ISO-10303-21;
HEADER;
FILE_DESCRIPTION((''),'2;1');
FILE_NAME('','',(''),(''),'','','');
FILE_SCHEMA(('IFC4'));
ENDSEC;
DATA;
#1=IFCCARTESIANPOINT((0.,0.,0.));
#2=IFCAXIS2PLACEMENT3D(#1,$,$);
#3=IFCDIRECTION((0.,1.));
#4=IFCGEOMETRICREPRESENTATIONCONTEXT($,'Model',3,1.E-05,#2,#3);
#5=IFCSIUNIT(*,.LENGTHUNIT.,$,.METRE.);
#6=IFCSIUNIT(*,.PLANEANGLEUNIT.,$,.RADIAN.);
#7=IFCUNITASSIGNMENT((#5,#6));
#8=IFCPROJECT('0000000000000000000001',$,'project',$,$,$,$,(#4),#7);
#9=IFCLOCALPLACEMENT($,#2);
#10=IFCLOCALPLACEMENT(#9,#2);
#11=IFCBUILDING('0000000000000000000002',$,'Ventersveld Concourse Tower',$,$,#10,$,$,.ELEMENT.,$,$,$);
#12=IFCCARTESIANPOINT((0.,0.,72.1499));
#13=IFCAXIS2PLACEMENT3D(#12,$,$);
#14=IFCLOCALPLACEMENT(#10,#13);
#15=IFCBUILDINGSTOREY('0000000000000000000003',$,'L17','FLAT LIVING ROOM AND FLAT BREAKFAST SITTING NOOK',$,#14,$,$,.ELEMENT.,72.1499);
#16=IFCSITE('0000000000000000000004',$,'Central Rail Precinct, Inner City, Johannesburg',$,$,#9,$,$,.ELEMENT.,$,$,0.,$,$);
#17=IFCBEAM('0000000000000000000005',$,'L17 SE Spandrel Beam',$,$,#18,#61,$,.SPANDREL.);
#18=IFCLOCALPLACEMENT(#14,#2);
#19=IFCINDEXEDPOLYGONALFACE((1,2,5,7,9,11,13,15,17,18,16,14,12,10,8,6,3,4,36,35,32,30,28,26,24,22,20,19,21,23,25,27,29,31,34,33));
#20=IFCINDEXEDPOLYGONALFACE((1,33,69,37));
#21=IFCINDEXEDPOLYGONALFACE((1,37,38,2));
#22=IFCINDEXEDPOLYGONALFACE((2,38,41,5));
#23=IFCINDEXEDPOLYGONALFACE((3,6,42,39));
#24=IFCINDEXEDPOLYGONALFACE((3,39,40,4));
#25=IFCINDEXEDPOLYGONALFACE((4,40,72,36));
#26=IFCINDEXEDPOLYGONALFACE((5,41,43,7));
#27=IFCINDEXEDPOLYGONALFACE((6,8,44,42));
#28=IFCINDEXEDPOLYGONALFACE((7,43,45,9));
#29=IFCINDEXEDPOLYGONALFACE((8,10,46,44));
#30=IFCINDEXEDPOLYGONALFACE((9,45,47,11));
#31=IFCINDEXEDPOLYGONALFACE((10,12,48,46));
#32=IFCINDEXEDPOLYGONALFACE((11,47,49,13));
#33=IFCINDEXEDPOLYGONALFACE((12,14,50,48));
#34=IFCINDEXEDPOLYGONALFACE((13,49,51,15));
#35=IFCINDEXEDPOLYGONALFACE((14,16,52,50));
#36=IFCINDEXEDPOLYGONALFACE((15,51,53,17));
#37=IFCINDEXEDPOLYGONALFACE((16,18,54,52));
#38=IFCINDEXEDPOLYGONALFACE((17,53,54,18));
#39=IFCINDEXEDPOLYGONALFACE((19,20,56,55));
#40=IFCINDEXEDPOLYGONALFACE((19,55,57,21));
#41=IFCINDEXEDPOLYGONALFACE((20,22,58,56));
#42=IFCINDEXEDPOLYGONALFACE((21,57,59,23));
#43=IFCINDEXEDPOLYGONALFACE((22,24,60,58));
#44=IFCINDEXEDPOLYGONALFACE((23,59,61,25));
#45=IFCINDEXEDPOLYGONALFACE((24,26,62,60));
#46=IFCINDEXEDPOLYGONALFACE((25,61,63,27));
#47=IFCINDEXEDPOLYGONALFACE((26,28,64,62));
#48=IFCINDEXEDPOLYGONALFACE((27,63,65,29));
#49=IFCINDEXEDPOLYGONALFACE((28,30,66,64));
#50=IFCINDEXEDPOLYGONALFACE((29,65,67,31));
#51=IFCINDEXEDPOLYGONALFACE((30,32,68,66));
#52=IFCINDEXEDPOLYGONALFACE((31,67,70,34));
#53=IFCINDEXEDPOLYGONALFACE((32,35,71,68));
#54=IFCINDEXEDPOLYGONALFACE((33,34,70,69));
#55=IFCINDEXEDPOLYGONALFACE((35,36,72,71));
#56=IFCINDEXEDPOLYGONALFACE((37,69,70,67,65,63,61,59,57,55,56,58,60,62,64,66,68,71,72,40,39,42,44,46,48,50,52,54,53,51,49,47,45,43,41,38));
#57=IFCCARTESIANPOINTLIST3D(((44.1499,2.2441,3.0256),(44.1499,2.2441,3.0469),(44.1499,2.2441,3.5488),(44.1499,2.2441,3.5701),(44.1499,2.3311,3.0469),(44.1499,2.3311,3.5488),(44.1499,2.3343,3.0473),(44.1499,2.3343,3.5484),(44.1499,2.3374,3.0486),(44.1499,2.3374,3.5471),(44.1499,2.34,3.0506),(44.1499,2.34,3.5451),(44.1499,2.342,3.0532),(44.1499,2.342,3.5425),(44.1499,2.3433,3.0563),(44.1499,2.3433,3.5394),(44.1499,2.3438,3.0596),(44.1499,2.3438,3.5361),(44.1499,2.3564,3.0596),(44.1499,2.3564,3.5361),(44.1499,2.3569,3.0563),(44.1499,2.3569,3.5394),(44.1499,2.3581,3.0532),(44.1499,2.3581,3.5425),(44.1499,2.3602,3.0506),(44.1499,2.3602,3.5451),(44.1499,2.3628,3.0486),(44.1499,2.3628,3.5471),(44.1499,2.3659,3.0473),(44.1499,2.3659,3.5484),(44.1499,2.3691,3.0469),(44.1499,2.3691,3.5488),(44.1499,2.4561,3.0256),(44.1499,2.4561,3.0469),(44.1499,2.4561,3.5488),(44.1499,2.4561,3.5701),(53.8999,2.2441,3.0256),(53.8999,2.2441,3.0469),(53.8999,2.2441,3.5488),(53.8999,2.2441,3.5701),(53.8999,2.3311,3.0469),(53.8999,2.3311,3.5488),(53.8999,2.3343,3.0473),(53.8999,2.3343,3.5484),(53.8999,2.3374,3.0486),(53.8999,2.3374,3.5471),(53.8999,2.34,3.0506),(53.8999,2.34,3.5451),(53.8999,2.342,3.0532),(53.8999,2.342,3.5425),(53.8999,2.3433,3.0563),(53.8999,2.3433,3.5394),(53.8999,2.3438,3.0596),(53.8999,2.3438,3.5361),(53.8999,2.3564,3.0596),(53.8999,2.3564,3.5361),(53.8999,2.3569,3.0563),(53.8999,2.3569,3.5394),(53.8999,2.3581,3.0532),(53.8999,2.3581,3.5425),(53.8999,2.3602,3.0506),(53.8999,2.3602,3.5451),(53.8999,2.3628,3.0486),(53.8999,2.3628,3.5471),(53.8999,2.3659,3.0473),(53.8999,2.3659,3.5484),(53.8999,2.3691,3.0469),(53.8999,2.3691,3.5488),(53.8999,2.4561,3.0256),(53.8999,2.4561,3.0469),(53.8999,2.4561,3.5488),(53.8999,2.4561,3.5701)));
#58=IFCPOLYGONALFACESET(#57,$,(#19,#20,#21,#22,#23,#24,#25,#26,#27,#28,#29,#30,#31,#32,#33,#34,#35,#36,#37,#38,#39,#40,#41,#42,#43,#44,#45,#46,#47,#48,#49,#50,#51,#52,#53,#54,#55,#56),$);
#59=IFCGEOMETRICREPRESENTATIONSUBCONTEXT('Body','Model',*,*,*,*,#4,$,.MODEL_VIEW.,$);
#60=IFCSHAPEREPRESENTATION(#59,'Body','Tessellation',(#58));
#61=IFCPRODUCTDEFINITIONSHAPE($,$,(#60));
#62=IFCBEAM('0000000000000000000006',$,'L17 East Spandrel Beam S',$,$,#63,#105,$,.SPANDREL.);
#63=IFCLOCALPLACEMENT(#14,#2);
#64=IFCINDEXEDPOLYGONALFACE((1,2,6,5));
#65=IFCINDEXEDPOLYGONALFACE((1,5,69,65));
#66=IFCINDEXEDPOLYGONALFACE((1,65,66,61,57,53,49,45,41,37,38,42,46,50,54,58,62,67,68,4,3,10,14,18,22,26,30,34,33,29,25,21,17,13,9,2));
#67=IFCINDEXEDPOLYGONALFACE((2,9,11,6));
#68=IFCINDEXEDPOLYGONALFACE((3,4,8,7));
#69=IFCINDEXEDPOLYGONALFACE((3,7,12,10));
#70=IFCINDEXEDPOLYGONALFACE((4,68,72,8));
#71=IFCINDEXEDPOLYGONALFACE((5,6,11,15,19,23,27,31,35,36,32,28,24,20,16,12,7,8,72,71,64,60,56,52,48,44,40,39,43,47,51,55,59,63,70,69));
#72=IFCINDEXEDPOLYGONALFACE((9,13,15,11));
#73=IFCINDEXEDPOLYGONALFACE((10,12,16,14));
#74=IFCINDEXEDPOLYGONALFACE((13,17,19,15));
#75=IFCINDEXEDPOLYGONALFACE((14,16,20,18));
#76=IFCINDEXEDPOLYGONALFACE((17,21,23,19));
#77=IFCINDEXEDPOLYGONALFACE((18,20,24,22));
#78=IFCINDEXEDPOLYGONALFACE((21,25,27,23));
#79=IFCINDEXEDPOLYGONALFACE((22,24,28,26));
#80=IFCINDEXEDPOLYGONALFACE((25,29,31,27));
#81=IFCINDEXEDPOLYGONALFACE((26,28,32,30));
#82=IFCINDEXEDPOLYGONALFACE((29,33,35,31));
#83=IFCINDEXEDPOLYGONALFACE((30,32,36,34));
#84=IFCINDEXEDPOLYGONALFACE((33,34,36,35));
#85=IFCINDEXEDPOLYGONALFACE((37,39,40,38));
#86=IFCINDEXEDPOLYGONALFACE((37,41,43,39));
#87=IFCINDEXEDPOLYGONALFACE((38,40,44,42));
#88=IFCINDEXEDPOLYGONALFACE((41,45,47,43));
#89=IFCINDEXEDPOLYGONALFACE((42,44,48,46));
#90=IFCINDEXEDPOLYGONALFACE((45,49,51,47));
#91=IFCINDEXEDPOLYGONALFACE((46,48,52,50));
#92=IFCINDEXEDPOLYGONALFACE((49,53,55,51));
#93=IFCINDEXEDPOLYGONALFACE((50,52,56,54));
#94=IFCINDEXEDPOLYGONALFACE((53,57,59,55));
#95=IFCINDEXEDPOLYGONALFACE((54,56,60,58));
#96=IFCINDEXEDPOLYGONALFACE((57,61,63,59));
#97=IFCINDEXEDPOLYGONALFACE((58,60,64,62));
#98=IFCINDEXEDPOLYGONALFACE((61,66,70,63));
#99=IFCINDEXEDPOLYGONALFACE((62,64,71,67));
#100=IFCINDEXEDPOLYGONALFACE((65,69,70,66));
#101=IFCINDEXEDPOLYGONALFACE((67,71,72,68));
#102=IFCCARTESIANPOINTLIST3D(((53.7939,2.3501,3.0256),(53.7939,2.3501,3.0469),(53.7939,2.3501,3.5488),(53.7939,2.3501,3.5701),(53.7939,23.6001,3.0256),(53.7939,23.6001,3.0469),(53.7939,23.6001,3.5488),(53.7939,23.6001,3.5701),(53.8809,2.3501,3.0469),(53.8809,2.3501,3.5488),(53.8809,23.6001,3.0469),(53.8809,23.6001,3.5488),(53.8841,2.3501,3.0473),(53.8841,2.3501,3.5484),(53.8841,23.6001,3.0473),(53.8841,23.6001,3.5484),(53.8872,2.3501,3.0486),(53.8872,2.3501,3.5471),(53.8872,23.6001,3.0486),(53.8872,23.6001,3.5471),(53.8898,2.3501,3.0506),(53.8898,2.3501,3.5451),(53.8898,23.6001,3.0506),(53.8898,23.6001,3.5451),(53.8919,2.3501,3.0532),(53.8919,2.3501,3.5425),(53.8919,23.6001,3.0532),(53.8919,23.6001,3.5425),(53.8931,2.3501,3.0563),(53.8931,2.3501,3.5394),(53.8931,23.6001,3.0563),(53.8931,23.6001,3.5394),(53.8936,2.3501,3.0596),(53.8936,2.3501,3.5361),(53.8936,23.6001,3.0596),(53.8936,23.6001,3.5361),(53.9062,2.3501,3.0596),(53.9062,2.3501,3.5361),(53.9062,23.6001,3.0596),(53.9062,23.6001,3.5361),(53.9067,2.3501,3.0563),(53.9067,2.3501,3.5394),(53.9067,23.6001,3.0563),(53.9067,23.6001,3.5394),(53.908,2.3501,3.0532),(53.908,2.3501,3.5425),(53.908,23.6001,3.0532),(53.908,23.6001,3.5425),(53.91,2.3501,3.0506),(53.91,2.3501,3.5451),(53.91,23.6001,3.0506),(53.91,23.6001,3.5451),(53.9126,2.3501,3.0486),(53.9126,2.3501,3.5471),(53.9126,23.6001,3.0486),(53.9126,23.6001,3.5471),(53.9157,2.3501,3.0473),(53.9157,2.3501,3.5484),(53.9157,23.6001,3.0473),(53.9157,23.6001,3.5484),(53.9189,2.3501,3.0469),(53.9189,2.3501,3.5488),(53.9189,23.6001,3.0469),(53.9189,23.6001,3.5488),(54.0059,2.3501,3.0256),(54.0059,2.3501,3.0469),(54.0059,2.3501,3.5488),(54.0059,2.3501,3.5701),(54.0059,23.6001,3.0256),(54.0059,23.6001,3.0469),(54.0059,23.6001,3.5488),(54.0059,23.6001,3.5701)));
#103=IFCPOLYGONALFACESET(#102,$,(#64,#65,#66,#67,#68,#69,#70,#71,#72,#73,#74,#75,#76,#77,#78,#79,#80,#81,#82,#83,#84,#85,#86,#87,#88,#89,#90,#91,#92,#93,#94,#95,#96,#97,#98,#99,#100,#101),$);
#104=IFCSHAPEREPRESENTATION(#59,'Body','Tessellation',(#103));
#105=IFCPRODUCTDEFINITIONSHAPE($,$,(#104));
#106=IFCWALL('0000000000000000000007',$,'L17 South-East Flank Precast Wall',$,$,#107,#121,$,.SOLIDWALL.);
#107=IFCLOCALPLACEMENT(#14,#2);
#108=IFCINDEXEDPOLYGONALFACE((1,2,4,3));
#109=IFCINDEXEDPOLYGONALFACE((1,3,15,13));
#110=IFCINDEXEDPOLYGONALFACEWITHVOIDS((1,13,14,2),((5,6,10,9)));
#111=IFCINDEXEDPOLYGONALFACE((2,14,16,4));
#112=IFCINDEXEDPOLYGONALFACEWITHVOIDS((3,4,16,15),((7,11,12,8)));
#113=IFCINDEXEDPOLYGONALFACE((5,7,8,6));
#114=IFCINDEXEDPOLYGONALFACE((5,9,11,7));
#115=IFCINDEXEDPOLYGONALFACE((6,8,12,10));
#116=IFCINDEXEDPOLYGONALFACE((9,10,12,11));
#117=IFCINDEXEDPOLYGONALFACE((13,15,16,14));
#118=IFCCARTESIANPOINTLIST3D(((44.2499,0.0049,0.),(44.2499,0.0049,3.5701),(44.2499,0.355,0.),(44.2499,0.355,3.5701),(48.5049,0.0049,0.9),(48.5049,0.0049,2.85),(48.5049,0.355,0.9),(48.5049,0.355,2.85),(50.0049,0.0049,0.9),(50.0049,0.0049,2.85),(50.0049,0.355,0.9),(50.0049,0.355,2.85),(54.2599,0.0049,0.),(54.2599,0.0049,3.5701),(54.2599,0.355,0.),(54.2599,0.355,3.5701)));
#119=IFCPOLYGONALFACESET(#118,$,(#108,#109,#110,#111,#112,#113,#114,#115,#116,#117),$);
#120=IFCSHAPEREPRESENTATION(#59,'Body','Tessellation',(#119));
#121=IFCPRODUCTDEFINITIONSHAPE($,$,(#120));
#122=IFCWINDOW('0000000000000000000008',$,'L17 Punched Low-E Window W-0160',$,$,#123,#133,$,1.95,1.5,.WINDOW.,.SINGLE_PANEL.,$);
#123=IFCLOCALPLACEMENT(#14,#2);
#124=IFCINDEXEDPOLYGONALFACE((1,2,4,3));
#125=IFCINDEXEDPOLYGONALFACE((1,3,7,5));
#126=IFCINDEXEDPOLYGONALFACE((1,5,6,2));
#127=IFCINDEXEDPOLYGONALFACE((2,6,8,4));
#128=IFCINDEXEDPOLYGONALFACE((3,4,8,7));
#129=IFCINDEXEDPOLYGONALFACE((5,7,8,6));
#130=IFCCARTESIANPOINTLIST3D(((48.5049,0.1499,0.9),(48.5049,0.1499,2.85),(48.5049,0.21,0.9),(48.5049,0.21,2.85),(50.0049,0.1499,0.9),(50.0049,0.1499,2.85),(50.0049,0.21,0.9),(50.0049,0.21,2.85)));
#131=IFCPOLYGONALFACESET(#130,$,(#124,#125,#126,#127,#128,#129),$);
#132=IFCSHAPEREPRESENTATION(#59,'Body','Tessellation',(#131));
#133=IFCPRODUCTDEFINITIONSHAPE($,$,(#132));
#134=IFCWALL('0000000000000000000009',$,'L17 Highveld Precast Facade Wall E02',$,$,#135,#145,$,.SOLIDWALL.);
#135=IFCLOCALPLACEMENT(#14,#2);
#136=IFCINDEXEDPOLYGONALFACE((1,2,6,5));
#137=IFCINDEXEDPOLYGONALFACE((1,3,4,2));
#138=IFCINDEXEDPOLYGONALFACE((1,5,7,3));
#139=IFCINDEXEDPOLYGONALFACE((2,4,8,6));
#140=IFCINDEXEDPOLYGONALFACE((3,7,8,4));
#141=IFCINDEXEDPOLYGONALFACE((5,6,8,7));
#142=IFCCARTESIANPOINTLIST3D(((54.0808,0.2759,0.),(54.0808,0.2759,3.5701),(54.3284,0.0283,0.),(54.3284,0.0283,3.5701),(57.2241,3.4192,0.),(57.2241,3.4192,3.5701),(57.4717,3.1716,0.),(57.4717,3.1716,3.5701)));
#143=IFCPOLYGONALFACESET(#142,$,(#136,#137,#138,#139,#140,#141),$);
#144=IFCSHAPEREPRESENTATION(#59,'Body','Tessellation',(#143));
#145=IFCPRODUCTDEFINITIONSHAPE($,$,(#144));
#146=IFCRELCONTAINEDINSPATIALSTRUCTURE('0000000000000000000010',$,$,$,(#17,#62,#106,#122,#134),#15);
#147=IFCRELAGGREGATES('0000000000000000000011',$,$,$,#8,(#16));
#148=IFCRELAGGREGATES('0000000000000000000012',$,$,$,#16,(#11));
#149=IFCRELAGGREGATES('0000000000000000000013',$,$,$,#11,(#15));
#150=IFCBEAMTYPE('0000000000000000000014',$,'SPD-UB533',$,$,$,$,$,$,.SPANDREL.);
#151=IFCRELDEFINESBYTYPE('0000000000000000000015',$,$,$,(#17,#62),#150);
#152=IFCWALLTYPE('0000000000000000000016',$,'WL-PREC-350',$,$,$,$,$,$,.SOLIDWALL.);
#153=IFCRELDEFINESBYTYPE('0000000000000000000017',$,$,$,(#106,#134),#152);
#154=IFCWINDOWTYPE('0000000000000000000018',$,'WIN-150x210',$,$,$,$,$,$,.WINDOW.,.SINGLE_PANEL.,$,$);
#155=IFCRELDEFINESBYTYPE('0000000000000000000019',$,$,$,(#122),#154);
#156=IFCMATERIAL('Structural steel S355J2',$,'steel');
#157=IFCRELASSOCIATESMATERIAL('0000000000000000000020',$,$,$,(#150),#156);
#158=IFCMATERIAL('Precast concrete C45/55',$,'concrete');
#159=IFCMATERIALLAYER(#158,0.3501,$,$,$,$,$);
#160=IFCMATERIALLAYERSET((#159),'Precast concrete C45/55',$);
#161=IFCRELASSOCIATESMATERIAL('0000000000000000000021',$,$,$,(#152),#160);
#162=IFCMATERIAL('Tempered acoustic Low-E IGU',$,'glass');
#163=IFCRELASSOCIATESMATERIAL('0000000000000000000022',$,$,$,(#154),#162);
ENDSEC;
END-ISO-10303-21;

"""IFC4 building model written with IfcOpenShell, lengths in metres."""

from ifc_helpers import new_model, si_unit, direction, frame, frame_2d, origin, origin_2d, place, context, subcontext, project, spatial, rectangle, i_section, extrude, material, layer, layer_set, material_profile, profile_set, type_object, element, fill, save


model = new_model("IFC4")

# Units and contexts
model_context = context("Model", 3, precision=1e-05, world=origin(), true_north=direction((0.0, 1.0)))
body_context = subcontext(model_context, "Body", "Model", "MODEL_VIEW")
ifc_project = project(units=[si_unit("LENGTHUNIT", "METRE"), si_unit("PLANEANGLEUNIT", "RADIAN")], contexts=[model_context])

# Site, building, storey
site_placement = place(None, origin())
site = spatial("IfcSite", under=ifc_project, at=site_placement, Name="Central Rail Precinct, Inner City, Johannesburg", CompositionType="ELEMENT", RefElevation=0.0)
building_placement = place(site_placement, origin())
building = spatial("IfcBuilding", under=site, at=building_placement, Name="Ventersveld Concourse Tower", CompositionType="ELEMENT")
storey_placement = place(building_placement, frame((0.0, 0.0, 72.1499)))
storey = spatial("IfcBuildingStorey", under=building, at=storey_placement, Name="L17", Description="FLAT LIVING ROOM AND FLAT BREAKFAST SITTING NOOK", CompositionType="ELEMENT", Elevation=72.1499)

# Shared definitions
ifc_material_1 = material(Name="Structural steel S355J2", Category="steel")

# Beams
ifc_material_profile_1 = material_profile(ifc_material_1, i_section(OverallWidth=0.2119, OverallDepth=0.5444, WebThickness=0.0127, FlangeThickness=0.0212, FilletRadius=0.0127, at=origin_2d()), Name="UB 533x210x122")
ifc_profile_set_1 = profile_set([ifc_material_profile_1], Name="Structural steel S355J2")
beam_type_1 = type_object("IfcBeamType", Name="SPD-UB533", PredefinedType="SPANDREL", material=ifc_profile_set_1)
beam_1_placement = place(storey_placement, frame((44.1499, 2.3501, 3.2979), z_axis=(1.0, 0.0, 0.0), x_axis=(0.0, 1.0, 0.0)))
element("IfcBeam", 1, at=beam_1_placement, inside=storey, type_object=beam_type_1, Name="L17 SE Spandrel Beam", PredefinedType="SPANDREL", context=body_context, shape_type="SweptSolid", body=[
    extrude(i_section(OverallWidth=0.2119, OverallDepth=0.5444, WebThickness=0.0127, FlangeThickness=0.0212, FilletRadius=0.0127, at=origin_2d()), origin(), (0.0, 0.0, 1.0), 9.75),
])
beam_2_placement = place(storey_placement, frame((53.8999, 2.3501, 3.2979), z_axis=(0.0, 1.0, 0.0), x_axis=(-1.0, 0.0, 0.0)))
element("IfcBeam", 2, at=beam_2_placement, inside=storey, type_object=beam_type_1, Name="L17 East Spandrel Beam S", PredefinedType="SPANDREL", context=body_context, shape_type="SweptSolid", body=[
    extrude(i_section(OverallWidth=0.2119, OverallDepth=0.5444, WebThickness=0.0127, FlangeThickness=0.0212, FilletRadius=0.0127, at=origin_2d()), origin(), (0.0, 0.0, 1.0), 21.25),
])

# Wall, opening, window
ifc_material_2 = material(Name="Precast concrete C45/55", Category="concrete")
ifc_layer = layer(ifc_material_2, 0.3501)
ifc_layer_set = layer_set([ifc_layer], Name="Precast concrete C45/55")
wall_type = type_object("IfcWallType", Name="WL-PREC-350", PredefinedType="SOLIDWALL", material=ifc_layer_set)
wall_1_placement = place(storey_placement, frame((44.25, 0.1799, 0.0), z_axis=(0.0, 0.0, 1.0), x_axis=(1.0, 0.0, 0.0)))
wall_1 = element("IfcWall", 3, at=wall_1_placement, inside=storey, type_object=wall_type, Name="L17 South-East Flank Precast Wall", PredefinedType="SOLIDWALL", context=body_context, shape_type="SweptSolid", body=[
    extrude(rectangle(XDim=10.01, YDim=0.3501, at=frame_2d((5.0049, 0.0))), origin(), (0.0, 0.0, 1.0), 3.5701),
])
opening_1_placement = place(wall_1_placement, frame((4.2549, 0.0, 0.8999)))
opening_1 = element("IfcOpeningElement", 4, at=opening_1_placement, cuts=wall_1, PredefinedType="OPENING", context=body_context, shape_type="SweptSolid", body=[
    extrude(rectangle(XDim=1.5, YDim=1.95, at=frame_2d((0.75, 0.9751))), frame((0.0, 0.1851, 0.0), z_axis=(0.0, -1.0, 0.0), x_axis=(1.0, 0.0, 0.0)), (0.0, 0.0, 1.0), 0.3701),
])
ifc_material_3 = material(Name="Tempered acoustic Low-E IGU", Category="glass")
window_type_1 = type_object("IfcWindowType", Name="WIN-150x210", PartitioningType="SINGLE_PANEL", PredefinedType="WINDOW", material=ifc_material_3)
window_1_placement = place(opening_1_placement, origin())
window_1 = element("IfcWindow", 5, at=window_1_placement, inside=storey, type_object=window_type_1, Name="L17 Punched Low-E Window W-0160", OverallHeight=1.95, OverallWidth=1.5, PartitioningType="SINGLE_PANEL", PredefinedType="WINDOW", context=body_context, shape_type="SweptSolid", body=[
    extrude(rectangle(XDim=1.5, YDim=1.95, at=frame_2d((0.75, 0.9751))), frame((0.0, 0.03, 0.0), z_axis=(0.0, -1.0, 0.0), x_axis=(1.0, 0.0, 0.0)), (0.0, 0.0, 1.0), 0.0601),
])
fill(opening_1, window_1)

# Wall
wall_2_placement = place(storey_placement, frame((54.2046, 0.1521, 0.0), z_axis=(0.0, 0.0, 1.0), x_axis=(0.707107, 0.707107, 0.0)))
element("IfcWall", 6, at=wall_2_placement, inside=storey, type_object=wall_type, Name="L17 Highveld Precast Facade Wall E02", PredefinedType="SOLIDWALL", context=body_context, shape_type="SweptSolid", body=[
    extrude(rectangle(XDim=4.4453, YDim=0.3501, at=frame_2d((2.2227, 0.0))), origin(), (0.0, 0.0, 1.0), 3.5701),
])

save(model, "model.ifc")
